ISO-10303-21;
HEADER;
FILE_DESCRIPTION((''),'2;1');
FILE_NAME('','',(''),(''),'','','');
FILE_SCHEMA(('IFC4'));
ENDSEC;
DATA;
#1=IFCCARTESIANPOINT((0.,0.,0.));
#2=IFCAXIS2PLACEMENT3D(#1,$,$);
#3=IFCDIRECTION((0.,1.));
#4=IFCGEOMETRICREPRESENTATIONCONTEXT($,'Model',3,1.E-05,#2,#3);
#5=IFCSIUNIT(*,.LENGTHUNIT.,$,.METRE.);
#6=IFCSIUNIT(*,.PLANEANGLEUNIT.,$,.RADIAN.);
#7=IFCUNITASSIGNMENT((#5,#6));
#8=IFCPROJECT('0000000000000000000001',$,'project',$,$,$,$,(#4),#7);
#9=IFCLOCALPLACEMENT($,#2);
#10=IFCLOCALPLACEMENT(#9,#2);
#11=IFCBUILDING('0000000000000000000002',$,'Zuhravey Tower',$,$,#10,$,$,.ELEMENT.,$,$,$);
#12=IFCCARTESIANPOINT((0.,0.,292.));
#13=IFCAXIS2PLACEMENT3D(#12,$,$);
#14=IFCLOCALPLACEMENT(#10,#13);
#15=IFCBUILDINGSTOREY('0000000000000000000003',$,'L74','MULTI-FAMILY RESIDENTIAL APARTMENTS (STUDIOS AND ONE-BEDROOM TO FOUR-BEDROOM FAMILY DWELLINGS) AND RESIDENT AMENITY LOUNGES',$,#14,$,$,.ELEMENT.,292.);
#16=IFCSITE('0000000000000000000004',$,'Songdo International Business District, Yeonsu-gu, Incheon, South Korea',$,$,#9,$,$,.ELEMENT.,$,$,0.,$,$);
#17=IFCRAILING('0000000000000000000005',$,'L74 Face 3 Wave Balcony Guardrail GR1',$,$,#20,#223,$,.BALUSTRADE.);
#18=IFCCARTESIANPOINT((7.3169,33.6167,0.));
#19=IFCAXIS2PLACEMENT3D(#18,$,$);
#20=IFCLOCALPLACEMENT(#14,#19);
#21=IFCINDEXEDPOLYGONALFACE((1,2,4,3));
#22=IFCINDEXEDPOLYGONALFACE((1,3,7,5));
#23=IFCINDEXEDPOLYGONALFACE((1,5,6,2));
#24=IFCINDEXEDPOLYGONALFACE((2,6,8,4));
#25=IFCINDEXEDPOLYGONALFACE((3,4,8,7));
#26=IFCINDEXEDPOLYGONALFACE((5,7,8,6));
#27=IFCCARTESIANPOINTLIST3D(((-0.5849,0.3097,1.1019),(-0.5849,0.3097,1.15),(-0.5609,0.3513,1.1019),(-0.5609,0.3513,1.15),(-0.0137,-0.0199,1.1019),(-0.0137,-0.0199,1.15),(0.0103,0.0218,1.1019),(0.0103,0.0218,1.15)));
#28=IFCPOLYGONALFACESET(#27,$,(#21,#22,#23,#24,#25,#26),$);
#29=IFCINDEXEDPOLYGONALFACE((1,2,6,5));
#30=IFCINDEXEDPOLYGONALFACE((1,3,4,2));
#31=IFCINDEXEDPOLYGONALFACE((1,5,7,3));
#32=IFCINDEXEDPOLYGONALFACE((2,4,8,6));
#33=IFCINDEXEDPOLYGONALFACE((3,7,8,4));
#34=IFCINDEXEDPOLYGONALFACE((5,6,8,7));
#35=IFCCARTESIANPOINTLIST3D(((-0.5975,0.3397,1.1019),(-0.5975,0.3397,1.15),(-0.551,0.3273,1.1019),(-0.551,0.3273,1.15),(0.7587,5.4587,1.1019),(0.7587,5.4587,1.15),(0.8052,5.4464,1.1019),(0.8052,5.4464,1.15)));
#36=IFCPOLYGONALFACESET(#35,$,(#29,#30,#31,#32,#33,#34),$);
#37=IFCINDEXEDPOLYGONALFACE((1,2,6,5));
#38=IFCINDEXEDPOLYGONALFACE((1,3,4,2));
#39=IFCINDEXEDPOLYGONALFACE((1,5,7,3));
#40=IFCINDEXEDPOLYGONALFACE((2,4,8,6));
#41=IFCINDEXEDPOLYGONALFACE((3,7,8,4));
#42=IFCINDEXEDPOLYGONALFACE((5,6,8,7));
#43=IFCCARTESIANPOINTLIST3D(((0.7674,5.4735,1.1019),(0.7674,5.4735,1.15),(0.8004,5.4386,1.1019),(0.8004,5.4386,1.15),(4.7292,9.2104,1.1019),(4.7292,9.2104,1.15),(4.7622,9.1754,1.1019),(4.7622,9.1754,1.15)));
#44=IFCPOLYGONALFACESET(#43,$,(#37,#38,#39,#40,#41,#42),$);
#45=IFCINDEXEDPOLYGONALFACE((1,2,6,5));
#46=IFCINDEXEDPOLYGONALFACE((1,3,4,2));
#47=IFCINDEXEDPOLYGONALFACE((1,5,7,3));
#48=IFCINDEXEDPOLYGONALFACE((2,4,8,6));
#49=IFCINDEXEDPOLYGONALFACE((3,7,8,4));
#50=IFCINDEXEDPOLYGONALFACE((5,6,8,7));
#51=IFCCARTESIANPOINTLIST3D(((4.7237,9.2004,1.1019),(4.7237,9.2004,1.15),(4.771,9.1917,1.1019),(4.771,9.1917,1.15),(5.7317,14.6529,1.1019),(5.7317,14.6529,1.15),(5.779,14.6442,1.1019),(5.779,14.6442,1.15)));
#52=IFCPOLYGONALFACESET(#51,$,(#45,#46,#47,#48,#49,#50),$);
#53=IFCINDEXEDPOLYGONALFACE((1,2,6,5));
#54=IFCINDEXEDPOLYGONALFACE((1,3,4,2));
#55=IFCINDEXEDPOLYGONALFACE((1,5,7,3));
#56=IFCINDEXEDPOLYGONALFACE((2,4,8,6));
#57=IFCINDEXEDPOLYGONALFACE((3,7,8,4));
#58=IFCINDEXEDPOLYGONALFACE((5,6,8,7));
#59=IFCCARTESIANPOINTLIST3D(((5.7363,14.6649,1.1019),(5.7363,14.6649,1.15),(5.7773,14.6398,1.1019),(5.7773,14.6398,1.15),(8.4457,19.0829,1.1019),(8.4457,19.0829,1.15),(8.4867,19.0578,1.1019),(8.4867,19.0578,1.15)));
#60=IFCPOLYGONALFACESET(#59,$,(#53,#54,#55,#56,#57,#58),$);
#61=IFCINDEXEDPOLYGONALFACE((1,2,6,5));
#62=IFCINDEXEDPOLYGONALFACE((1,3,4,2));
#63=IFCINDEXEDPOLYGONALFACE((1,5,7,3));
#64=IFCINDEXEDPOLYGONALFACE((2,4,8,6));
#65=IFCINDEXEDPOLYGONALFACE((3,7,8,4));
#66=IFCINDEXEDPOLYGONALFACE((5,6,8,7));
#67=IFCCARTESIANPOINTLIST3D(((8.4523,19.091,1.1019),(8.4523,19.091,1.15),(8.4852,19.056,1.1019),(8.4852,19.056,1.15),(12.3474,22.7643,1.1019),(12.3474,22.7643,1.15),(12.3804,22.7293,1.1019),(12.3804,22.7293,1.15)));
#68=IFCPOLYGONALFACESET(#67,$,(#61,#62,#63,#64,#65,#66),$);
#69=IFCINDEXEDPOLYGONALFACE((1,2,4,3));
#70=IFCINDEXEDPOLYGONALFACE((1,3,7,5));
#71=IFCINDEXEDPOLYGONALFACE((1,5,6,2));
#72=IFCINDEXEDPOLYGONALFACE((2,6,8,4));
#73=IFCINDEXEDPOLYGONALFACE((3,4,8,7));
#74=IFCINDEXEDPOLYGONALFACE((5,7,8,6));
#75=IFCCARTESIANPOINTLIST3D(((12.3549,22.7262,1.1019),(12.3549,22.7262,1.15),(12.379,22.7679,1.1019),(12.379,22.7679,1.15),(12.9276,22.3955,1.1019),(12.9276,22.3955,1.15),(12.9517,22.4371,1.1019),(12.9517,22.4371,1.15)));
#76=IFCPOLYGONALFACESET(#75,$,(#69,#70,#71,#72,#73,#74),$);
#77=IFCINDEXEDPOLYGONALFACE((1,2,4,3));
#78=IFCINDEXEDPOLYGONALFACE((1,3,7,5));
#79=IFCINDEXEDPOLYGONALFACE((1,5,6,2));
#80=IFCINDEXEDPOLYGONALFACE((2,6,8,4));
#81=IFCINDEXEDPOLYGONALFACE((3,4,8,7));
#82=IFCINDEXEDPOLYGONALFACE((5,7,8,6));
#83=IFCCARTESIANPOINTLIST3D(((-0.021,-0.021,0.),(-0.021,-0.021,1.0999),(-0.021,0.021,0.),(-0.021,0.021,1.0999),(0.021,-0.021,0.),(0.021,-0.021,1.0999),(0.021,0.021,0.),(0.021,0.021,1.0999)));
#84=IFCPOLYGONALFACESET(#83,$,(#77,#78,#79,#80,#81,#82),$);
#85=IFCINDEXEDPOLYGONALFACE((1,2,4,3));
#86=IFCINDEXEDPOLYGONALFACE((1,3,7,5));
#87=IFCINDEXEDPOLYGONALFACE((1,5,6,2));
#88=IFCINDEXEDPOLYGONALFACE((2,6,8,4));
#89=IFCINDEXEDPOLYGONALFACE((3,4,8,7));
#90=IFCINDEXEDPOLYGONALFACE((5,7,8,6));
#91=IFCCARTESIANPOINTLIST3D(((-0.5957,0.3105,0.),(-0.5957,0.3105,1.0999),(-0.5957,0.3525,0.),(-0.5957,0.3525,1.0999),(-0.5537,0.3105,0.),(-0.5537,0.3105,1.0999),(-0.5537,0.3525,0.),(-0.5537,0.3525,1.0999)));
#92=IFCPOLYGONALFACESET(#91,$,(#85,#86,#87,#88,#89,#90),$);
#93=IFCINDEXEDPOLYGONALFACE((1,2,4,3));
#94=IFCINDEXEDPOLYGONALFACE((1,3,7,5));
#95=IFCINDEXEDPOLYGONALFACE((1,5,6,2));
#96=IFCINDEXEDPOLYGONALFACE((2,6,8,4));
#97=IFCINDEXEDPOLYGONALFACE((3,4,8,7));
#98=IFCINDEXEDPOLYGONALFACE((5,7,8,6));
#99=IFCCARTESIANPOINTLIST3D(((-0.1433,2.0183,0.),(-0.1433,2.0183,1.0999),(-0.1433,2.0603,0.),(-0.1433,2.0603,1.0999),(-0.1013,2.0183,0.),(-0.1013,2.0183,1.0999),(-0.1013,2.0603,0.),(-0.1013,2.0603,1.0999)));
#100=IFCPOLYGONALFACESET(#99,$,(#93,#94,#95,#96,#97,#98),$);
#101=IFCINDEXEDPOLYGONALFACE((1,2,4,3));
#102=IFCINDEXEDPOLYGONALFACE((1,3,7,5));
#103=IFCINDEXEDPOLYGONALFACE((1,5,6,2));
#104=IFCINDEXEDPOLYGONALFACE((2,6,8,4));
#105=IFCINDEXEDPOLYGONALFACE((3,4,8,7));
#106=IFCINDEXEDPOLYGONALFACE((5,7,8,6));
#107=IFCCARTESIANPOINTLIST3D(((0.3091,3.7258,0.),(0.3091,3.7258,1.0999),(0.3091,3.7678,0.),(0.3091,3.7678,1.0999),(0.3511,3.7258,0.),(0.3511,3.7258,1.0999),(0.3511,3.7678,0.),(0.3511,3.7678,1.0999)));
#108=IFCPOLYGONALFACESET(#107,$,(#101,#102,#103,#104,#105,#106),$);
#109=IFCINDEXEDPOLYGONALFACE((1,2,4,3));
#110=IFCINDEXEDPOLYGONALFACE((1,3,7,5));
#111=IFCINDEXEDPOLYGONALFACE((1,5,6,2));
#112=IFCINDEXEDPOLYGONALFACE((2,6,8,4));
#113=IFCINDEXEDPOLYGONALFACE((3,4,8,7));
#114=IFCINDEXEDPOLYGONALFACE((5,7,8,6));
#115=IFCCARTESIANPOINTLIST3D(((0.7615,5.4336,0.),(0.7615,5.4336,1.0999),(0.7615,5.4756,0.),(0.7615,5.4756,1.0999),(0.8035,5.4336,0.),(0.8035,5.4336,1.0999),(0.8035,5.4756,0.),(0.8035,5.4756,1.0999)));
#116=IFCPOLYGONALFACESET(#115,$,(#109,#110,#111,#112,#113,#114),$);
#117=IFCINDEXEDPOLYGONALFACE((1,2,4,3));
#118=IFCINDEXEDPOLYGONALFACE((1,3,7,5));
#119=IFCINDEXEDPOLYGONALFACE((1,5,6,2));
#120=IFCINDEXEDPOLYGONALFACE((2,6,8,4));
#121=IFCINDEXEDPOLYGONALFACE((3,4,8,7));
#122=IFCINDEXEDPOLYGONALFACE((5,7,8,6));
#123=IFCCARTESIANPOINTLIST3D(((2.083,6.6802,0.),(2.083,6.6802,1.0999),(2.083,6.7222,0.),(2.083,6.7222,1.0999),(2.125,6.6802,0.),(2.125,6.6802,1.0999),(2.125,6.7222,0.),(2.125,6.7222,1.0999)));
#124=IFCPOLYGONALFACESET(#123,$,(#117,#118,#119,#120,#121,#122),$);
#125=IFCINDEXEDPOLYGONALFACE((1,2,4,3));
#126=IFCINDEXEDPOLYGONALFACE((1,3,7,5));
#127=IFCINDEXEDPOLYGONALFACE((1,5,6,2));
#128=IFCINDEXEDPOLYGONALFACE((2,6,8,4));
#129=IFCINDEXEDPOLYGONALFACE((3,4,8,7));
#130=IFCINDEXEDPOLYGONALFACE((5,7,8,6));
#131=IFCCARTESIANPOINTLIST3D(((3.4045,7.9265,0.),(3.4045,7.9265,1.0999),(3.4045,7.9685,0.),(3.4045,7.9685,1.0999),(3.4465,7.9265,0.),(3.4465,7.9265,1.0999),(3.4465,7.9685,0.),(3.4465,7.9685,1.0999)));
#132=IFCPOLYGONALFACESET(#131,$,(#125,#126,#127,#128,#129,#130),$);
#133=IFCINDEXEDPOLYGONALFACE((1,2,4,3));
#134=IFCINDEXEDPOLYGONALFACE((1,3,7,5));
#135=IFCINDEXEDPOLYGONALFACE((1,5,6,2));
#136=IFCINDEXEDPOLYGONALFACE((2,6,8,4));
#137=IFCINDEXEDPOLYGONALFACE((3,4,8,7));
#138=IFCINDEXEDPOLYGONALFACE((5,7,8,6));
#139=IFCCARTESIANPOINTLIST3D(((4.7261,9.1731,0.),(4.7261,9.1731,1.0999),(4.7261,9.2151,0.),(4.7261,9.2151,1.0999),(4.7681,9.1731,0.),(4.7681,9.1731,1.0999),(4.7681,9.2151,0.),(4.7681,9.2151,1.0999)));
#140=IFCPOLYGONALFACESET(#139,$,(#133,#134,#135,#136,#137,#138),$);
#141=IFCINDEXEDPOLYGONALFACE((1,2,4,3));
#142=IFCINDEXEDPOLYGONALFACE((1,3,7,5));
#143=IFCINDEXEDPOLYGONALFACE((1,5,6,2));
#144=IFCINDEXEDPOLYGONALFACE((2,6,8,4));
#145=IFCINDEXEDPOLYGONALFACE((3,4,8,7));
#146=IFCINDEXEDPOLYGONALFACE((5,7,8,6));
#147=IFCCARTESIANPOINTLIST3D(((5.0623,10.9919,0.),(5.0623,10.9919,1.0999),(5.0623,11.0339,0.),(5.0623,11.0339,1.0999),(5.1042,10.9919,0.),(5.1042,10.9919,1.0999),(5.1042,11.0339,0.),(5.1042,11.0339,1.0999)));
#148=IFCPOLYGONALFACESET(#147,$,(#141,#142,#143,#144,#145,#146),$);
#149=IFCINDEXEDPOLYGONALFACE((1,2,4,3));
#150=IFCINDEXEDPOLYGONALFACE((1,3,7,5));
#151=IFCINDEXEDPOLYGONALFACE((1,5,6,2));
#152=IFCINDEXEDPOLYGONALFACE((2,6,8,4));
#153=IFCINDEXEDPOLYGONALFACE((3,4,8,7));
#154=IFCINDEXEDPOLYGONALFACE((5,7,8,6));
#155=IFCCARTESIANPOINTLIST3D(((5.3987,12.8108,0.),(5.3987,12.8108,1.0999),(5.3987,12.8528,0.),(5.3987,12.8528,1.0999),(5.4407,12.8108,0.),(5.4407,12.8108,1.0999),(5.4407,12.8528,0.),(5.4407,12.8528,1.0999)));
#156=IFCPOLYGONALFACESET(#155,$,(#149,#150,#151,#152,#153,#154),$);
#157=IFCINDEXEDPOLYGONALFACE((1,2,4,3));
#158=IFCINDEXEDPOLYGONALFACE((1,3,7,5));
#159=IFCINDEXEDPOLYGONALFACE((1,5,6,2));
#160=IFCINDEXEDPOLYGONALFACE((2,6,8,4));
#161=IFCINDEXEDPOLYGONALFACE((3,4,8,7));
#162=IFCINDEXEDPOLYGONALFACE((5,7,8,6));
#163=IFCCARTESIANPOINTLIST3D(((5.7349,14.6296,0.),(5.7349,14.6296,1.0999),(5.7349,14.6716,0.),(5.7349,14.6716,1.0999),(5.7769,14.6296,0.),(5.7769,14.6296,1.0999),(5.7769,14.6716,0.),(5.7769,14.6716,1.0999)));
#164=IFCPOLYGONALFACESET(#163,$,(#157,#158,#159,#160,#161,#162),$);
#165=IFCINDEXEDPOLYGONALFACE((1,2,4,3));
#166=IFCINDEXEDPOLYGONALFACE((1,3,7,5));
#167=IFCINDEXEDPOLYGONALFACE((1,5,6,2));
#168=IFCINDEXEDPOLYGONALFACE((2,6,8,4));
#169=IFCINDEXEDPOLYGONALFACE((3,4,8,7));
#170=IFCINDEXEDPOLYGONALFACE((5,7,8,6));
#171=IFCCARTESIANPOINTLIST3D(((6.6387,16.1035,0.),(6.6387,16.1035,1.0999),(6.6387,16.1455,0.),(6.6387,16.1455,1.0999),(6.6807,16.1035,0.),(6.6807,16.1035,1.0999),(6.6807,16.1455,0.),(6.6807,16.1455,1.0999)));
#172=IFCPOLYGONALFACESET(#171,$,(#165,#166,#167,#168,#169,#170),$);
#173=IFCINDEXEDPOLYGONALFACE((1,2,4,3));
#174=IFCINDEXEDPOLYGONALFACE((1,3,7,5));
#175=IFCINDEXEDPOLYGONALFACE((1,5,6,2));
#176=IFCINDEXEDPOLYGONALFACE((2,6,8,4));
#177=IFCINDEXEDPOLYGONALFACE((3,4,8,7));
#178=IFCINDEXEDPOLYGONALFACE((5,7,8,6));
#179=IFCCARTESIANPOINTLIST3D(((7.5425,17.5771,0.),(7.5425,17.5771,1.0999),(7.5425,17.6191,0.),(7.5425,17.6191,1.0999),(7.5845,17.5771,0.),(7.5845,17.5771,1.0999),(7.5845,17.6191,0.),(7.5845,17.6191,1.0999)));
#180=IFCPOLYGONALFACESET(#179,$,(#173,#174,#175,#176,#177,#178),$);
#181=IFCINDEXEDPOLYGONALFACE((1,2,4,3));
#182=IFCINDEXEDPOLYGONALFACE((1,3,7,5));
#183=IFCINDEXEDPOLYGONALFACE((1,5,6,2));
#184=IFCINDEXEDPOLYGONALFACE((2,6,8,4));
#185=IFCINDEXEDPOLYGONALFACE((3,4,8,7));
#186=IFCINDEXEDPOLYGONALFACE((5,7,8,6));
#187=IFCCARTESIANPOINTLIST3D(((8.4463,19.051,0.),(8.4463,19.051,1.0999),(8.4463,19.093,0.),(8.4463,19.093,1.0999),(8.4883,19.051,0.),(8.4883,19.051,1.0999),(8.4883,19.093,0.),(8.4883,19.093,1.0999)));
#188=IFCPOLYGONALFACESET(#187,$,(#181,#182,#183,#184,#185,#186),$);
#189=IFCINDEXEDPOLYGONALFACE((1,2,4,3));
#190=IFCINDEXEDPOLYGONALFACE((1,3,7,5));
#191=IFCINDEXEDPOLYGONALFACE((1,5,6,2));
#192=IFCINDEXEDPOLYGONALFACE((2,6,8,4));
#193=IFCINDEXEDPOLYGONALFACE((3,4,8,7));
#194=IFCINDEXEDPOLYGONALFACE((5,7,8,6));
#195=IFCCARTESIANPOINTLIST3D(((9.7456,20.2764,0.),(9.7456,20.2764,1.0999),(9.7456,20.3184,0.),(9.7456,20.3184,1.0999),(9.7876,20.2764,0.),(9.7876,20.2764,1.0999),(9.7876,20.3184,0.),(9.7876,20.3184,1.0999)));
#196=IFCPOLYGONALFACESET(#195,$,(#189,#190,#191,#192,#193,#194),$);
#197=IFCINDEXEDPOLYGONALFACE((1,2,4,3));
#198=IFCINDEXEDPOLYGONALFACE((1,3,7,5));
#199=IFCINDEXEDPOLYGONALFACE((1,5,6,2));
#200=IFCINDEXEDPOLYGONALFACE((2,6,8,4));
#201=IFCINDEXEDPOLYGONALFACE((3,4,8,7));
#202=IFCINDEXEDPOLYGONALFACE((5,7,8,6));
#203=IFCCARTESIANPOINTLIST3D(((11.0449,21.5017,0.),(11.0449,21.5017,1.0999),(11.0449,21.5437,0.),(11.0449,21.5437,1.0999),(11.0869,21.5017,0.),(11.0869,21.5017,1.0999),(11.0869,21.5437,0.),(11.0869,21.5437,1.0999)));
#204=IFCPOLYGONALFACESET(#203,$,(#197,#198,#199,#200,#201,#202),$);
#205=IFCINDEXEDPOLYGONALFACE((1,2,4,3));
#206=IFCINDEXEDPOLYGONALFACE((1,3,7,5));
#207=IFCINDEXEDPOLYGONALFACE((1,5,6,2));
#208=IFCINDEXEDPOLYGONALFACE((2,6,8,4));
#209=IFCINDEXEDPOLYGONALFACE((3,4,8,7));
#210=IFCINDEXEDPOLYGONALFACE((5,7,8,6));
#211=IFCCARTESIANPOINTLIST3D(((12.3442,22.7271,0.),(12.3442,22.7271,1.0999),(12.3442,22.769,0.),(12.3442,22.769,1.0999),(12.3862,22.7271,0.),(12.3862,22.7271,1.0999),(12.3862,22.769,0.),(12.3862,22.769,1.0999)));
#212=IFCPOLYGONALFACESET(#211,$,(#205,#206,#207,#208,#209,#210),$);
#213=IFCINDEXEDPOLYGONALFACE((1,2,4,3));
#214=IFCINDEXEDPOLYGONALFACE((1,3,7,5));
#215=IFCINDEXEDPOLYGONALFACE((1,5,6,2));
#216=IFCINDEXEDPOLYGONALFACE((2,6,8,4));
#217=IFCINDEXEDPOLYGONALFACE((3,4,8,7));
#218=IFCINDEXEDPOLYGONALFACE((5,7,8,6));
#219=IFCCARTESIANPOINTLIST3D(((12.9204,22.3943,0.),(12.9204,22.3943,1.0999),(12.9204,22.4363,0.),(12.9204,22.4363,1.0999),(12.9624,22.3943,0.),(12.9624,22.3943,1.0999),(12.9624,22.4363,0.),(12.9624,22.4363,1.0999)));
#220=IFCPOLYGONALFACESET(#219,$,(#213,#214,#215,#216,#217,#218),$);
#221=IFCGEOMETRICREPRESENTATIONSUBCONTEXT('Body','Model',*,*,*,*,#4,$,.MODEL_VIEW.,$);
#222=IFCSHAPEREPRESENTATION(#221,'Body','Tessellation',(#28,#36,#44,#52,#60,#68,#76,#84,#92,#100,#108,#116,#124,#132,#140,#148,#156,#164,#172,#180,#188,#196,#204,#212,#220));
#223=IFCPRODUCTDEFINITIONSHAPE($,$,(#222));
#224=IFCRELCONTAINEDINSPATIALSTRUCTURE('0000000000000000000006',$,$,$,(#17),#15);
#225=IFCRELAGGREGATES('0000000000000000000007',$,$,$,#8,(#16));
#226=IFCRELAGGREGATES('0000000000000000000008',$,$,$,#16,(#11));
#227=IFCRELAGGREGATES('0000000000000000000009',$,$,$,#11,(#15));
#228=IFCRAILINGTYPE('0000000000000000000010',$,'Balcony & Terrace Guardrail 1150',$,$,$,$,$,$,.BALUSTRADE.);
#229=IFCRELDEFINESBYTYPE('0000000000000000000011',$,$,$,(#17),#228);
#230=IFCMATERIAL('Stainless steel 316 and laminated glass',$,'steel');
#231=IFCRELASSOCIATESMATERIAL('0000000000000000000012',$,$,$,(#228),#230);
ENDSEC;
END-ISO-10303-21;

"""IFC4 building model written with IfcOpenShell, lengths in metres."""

from ifc_helpers import new_model, si_unit, direction, frame, origin, origin_2d, place, context, subcontext, project, spatial, rectangle, extrude, material, type_object, element, save


model = new_model("IFC4")

# Units and contexts
model_context = context("Model", 3, precision=1e-05, world=origin(), true_north=direction((0.0, 1.0)))
body_context = subcontext(model_context, "Body", "Model", "MODEL_VIEW")
ifc_project = project(units=[si_unit("LENGTHUNIT", "METRE"), si_unit("PLANEANGLEUNIT", "RADIAN")], contexts=[model_context])

# Site, building, storey
site_placement = place(None, origin())
site = spatial("IfcSite", under=ifc_project, at=site_placement, Name="Songdo International Business District, Yeonsu-gu, Incheon, South Korea", CompositionType="ELEMENT", RefElevation=0.0)
building_placement = place(site_placement, origin())
building = spatial("IfcBuilding", under=site, at=building_placement, Name="Zuhravey Tower", CompositionType="ELEMENT")
storey_placement = place(building_placement, frame((0.0, 0.0, 292.0)))
storey = spatial("IfcBuildingStorey", under=building, at=storey_placement, Name="L74", Description="MULTI-FAMILY RESIDENTIAL APARTMENTS (STUDIOS AND ONE-BEDROOM TO FOUR-BEDROOM FAMILY DWELLINGS) AND RESIDENT AMENITY LOUNGES", CompositionType="ELEMENT", Elevation=292.0)

# Railing
ifc_material_1 = material(Name="Stainless steel 316 and laminated glass", Category="steel")
railing_type = type_object("IfcRailingType", Name="Balcony & Terrace Guardrail 1150", PredefinedType="BALUSTRADE", material=ifc_material_1)
railing_placement = place(storey_placement, frame((7.3169, 33.6167, 0.0)))
element("IfcRailing", 1, at=railing_placement, inside=storey, type_object=railing_type, Name="L74 Face 3 Wave Balcony Guardrail GR1", PredefinedType="BALUSTRADE", context=body_context, shape_type="SweptSolid", body=[
    extrude(rectangle(XDim=0.0481, YDim=0.0481, at=origin_2d()), frame((-0.0017, 0.001, 1.126), z_axis=(-0.866198, 0.499701, 0.0), x_axis=(-0.499701, -0.866198, 0.0)), (0.0, 0.0, 1.0), 0.6594),
    extrude(rectangle(XDim=0.0481, YDim=0.0481, at=origin_2d()), frame((-0.5742, 0.3335, 1.126), z_axis=(0.256082, 0.966655, 0.0), x_axis=(-0.966655, 0.256082, 0.0)), (0.0, 0.0, 1.0), 5.2957),
    extrude(rectangle(XDim=0.0481, YDim=0.0481, at=origin_2d()), frame((0.7839, 5.4561, 1.126), z_axis=(0.727457, 0.686154, 0.0), x_axis=(-0.686154, 0.727457, 0.0)), (0.0, 0.0, 1.0), 5.446),
    extrude(rectangle(XDim=0.0481, YDim=0.0481, at=origin_2d()), frame((4.7473, 9.196, 1.126), z_axis=(0.181796, 0.983336, 0.0), x_axis=(-0.983336, 0.181796, 0.0)), (0.0, 0.0, 1.0), 5.5449),
    extrude(rectangle(XDim=0.0481, YDim=0.0481, at=origin_2d()), frame((5.7568, 14.6523, 1.126), z_axis=(0.522778, 0.852469, 0.0), x_axis=(-0.852469, 0.522778, 0.0)), (0.0, 0.0, 1.0), 5.1826),
    extrude(rectangle(XDim=0.0481, YDim=0.0481, at=origin_2d()), frame((8.4688, 19.0735, 1.126), z_axis=(0.727513, 0.686094, 0.0), x_axis=(-0.686094, 0.727513, 0.0)), (0.0, 0.0, 1.0), 5.354),
    extrude(rectangle(XDim=0.0481, YDim=0.0481, at=origin_2d()), frame((12.3669, 22.7471, 1.126), z_axis=(0.865953, -0.500125, 0.0), x_axis=(0.500125, 0.865953, 0.0)), (0.0, 0.0, 1.0), 0.6614),
    extrude(rectangle(XDim=0.042, YDim=0.042, at=origin_2d()), origin(), (0.0, 0.0, 1.0), 1.0999),
    extrude(rectangle(XDim=0.042, YDim=0.042, at=origin_2d()), frame((-0.5747, 0.3315, 0.0)), (0.0, 0.0, 1.0), 1.0999),
    extrude(rectangle(XDim=0.042, YDim=0.042, at=origin_2d()), frame((-0.1223, 2.0393, 0.0)), (0.0, 0.0, 1.0), 1.0999),
    extrude(rectangle(XDim=0.042, YDim=0.042, at=origin_2d()), frame((0.3301, 3.7468, 0.0)), (0.0, 0.0, 1.0), 1.0999),
    extrude(rectangle(XDim=0.042, YDim=0.042, at=origin_2d()), frame((0.7825, 5.4546, 0.0)), (0.0, 0.0, 1.0), 1.0999),
    extrude(rectangle(XDim=0.042, YDim=0.042, at=origin_2d()), frame((2.104, 6.7012, 0.0)), (0.0, 0.0, 1.0), 1.0999),
    extrude(rectangle(XDim=0.042, YDim=0.042, at=origin_2d()), frame((3.4255, 7.9475, 0.0)), (0.0, 0.0, 1.0), 1.0999),
    extrude(rectangle(XDim=0.042, YDim=0.042, at=origin_2d()), frame((4.7471, 9.1941, 0.0)), (0.0, 0.0, 1.0), 1.0999),
    extrude(rectangle(XDim=0.042, YDim=0.042, at=origin_2d()), frame((5.0833, 11.0129, 0.0)), (0.0, 0.0, 1.0), 1.0999),
    extrude(rectangle(XDim=0.042, YDim=0.042, at=origin_2d()), frame((5.4197, 12.8318, 0.0)), (0.0, 0.0, 1.0), 1.0999),
    extrude(rectangle(XDim=0.042, YDim=0.042, at=origin_2d()), frame((5.7559, 14.6506, 0.0)), (0.0, 0.0, 1.0), 1.0999),
    extrude(rectangle(XDim=0.042, YDim=0.042, at=origin_2d()), frame((6.6597, 16.1245, 0.0)), (0.0, 0.0, 1.0), 1.0999),
    extrude(rectangle(XDim=0.042, YDim=0.042, at=origin_2d()), frame((7.5635, 17.5981, 0.0)), (0.0, 0.0, 1.0), 1.0999),
    extrude(rectangle(XDim=0.042, YDim=0.042, at=origin_2d()), frame((8.4673, 19.072, 0.0)), (0.0, 0.0, 1.0), 1.0999),
    extrude(rectangle(XDim=0.042, YDim=0.042, at=origin_2d()), frame((9.7666, 20.2974, 0.0)), (0.0, 0.0, 1.0), 1.0999),
    extrude(rectangle(XDim=0.042, YDim=0.042, at=origin_2d()), frame((11.0659, 21.5227, 0.0)), (0.0, 0.0, 1.0), 1.0999),
    extrude(rectangle(XDim=0.042, YDim=0.042, at=origin_2d()), frame((12.3652, 22.748, 0.0)), (0.0, 0.0, 1.0), 1.0999),
    extrude(rectangle(XDim=0.042, YDim=0.042, at=origin_2d()), frame((12.9414, 22.4153, 0.0)), (0.0, 0.0, 1.0), 1.0999),
])

save(model, "model.ifc")
